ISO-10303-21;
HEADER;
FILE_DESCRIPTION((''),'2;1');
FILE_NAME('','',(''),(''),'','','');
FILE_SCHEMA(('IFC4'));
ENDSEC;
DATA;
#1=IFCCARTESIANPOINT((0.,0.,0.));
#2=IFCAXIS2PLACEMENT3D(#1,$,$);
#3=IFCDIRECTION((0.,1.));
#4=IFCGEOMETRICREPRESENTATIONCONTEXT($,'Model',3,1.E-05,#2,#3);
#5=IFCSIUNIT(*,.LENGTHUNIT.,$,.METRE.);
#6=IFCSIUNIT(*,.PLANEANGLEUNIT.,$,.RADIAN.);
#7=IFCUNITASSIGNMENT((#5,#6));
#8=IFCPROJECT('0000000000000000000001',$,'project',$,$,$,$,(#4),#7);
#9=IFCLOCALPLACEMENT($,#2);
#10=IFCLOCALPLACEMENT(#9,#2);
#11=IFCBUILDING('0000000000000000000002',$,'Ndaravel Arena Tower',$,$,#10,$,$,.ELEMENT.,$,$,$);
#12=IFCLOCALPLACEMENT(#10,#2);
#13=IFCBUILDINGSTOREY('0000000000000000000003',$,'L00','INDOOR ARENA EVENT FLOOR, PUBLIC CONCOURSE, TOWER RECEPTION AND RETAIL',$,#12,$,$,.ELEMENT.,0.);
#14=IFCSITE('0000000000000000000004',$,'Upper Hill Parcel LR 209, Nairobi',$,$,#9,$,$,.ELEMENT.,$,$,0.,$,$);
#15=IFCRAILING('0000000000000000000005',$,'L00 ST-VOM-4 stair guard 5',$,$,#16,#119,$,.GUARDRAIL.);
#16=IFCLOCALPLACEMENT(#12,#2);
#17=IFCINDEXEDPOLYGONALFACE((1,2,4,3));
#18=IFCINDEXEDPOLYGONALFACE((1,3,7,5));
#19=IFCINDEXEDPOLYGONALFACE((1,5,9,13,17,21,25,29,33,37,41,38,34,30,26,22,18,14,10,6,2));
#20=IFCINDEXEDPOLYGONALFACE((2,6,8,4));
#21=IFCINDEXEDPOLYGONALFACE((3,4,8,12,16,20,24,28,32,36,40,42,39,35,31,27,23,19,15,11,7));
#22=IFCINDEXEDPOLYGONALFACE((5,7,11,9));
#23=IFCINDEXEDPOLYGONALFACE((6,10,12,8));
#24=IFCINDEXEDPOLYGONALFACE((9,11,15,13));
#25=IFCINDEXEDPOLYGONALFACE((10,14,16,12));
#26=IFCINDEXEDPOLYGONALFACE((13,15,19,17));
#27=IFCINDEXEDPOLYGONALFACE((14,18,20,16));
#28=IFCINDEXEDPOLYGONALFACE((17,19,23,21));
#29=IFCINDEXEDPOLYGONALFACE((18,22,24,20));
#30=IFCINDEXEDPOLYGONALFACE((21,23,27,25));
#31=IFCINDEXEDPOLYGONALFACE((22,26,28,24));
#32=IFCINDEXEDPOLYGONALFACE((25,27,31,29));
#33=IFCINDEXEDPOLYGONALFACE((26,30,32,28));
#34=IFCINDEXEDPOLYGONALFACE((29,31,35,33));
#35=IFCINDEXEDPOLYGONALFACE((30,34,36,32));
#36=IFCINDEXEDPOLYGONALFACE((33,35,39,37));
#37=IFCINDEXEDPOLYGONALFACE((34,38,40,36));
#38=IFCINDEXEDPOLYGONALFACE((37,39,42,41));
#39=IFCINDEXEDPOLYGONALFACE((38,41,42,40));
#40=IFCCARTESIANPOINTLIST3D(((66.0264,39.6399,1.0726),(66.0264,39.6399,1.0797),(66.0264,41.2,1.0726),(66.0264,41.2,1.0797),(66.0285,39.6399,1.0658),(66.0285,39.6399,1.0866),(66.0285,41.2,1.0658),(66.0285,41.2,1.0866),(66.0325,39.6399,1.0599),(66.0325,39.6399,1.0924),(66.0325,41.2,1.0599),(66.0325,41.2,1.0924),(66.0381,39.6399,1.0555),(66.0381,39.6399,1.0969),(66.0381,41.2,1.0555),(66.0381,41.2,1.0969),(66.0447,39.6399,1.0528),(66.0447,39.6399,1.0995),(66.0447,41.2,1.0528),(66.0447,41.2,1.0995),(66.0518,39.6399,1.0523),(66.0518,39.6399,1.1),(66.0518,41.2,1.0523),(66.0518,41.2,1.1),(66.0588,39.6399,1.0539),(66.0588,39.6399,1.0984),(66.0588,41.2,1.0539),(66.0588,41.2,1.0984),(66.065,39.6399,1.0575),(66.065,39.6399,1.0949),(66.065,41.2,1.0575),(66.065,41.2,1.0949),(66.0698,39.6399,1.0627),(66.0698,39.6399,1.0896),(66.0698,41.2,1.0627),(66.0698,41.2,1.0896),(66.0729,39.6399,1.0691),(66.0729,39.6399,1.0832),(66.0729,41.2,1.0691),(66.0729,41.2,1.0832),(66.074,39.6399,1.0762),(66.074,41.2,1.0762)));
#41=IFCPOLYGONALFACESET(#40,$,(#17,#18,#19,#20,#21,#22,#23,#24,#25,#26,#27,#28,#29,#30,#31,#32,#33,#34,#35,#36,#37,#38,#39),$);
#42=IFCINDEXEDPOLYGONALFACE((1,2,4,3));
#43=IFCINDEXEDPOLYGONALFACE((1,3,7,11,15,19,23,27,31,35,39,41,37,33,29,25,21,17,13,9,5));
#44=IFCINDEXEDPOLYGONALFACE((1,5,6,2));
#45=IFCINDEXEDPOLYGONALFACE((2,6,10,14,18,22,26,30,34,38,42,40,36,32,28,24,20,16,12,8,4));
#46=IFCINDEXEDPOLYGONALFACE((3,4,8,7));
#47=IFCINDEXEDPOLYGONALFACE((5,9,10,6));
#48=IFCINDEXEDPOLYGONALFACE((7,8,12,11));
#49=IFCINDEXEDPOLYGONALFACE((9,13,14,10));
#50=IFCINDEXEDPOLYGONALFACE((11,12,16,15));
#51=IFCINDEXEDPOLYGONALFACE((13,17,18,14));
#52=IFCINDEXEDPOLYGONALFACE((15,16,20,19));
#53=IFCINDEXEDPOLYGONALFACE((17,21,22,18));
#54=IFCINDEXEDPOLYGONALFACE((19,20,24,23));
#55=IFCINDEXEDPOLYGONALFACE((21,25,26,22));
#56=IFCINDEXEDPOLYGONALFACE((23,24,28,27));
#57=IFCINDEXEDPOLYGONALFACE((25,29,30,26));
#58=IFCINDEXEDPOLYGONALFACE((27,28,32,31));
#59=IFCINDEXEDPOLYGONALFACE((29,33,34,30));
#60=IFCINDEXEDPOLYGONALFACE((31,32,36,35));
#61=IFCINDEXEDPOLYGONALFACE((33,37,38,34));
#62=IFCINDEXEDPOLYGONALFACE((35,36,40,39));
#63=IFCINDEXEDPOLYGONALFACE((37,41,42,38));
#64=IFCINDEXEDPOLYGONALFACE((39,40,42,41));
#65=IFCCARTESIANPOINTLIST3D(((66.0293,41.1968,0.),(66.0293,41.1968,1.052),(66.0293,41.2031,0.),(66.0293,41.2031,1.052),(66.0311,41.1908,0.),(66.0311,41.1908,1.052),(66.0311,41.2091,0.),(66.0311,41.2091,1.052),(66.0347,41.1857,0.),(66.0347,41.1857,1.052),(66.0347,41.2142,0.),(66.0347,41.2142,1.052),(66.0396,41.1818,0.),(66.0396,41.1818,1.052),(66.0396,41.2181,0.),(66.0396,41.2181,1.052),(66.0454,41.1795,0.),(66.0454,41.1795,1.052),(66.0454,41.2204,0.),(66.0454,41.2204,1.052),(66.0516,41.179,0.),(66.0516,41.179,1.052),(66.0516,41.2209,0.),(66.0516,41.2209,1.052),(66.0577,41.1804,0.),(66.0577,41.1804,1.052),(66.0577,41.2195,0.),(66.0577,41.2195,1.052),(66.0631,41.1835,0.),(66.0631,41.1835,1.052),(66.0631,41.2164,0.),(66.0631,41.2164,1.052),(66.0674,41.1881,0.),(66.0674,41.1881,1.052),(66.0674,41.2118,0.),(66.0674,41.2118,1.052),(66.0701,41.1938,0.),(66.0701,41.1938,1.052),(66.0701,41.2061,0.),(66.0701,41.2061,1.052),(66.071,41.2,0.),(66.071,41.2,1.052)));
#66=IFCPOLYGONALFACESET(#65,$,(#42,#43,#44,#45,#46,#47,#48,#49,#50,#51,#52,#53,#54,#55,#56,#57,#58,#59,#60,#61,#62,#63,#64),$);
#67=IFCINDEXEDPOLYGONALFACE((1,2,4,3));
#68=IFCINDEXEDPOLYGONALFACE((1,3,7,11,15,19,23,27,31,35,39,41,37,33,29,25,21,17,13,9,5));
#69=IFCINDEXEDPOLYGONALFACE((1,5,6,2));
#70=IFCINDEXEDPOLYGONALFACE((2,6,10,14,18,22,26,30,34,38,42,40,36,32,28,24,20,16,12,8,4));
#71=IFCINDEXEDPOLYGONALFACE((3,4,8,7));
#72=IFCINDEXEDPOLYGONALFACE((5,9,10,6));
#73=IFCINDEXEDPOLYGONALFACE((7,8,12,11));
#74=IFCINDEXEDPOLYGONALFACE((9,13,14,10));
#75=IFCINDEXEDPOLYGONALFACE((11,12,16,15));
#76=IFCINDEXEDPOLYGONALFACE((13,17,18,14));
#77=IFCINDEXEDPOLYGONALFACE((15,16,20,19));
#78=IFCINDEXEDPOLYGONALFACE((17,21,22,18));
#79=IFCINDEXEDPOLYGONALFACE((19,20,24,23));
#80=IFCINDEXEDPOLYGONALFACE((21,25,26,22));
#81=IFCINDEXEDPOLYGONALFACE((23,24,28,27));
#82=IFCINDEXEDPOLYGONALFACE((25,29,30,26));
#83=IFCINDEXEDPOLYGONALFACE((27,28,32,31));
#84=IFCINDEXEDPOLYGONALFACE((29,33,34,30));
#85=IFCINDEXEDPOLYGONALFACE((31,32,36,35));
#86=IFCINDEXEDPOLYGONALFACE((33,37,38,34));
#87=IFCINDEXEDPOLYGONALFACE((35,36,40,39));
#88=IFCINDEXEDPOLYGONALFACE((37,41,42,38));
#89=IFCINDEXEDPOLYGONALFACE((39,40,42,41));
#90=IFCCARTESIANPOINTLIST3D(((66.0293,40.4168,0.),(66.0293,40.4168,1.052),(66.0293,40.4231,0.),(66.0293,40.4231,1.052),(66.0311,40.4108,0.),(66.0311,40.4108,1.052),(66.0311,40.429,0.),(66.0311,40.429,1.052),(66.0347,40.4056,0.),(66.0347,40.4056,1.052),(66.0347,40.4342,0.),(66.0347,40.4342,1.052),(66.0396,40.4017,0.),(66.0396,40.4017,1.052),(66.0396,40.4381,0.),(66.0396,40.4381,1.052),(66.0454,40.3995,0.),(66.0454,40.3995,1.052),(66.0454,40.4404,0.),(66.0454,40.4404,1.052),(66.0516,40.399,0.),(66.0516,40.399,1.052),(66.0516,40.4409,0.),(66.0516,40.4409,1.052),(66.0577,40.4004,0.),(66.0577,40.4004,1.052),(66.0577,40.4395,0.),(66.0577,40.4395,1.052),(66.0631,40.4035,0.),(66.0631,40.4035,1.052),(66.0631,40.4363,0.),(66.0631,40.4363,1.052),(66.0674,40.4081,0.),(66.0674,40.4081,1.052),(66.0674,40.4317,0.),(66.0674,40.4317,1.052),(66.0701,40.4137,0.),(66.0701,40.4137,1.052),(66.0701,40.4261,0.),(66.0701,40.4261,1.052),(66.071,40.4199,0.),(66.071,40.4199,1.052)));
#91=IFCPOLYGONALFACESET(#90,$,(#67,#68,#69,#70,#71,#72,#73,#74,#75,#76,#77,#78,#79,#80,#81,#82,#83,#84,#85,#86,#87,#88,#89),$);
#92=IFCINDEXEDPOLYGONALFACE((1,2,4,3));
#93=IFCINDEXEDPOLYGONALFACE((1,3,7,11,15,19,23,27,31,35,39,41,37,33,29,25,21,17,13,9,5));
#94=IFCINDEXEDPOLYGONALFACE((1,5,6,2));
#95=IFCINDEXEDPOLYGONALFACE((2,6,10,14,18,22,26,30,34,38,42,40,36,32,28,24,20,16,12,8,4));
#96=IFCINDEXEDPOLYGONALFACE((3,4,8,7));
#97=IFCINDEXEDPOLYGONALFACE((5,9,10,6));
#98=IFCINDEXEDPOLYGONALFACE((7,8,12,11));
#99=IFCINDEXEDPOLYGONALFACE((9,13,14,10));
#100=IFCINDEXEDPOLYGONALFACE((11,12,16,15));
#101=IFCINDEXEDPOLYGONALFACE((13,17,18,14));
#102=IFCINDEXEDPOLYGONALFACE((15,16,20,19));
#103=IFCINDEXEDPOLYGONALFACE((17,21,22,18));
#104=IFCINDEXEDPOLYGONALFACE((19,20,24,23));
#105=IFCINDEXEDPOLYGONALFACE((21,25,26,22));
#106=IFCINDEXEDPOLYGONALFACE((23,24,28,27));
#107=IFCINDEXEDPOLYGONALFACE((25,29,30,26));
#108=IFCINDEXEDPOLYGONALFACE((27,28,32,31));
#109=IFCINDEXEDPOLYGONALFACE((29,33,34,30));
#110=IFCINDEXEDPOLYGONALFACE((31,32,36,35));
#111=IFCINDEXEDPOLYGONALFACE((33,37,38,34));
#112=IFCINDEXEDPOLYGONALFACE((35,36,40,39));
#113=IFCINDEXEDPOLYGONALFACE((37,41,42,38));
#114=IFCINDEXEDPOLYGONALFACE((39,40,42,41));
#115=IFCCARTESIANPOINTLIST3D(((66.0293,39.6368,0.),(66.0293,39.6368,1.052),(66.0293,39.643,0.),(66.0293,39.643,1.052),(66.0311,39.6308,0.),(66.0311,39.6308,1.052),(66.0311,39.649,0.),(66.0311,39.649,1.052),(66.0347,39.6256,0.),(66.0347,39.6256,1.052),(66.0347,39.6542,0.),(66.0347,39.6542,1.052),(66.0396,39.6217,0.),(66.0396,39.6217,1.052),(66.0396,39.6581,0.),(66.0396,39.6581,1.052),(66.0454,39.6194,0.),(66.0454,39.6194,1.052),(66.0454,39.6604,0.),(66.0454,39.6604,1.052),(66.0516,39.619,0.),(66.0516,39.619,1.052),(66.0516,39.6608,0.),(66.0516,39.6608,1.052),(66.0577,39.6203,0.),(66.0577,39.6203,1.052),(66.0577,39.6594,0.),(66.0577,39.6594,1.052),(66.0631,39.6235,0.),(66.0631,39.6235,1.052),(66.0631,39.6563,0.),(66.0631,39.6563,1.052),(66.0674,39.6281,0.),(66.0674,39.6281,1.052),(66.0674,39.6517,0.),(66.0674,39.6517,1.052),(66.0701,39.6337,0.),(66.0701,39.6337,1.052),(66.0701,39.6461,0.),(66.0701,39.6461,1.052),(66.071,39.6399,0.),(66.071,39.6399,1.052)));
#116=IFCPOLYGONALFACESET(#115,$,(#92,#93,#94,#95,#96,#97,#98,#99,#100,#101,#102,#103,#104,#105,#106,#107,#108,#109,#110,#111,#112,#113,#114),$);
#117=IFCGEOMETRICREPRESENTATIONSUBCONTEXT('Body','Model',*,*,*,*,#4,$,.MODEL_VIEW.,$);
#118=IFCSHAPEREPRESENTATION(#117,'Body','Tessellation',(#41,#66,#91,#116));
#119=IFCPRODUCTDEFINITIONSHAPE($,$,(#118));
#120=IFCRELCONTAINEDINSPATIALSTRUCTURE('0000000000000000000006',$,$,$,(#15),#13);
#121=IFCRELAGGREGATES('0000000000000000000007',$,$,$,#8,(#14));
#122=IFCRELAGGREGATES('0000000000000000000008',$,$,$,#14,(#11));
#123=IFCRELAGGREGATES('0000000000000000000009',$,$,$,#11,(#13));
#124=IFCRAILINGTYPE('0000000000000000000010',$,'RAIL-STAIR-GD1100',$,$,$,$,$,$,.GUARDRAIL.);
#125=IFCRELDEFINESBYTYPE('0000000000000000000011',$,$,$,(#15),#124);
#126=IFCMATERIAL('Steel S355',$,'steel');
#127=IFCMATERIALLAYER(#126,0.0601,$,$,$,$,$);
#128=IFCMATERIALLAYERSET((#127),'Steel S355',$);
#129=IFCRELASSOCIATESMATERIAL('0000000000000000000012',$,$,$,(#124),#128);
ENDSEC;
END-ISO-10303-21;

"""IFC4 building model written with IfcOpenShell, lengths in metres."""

from ifc_helpers import new_model, si_unit, direction, frame, origin, origin_2d, place, context, subcontext, project, spatial, circle, extrude, material, layer, layer_set, type_object, element, save


model = new_model("IFC4")

# Units and contexts
model_context = context("Model", 3, precision=1e-05, world=origin(), true_north=direction((0.0, 1.0)))
body_context = subcontext(model_context, "Body", "Model", "MODEL_VIEW")
ifc_project = project(units=[si_unit("LENGTHUNIT", "METRE"), si_unit("PLANEANGLEUNIT", "RADIAN")], contexts=[model_context])

# Site, building, storey
site_placement = place(None, origin())
site = spatial("IfcSite", under=ifc_project, at=site_placement, Name="Upper Hill Parcel LR 209, Nairobi", CompositionType="ELEMENT", RefElevation=0.0)
building_placement = place(site_placement, origin())
building = spatial("IfcBuilding", under=site, at=building_placement, Name="Ndaravel Arena Tower", CompositionType="ELEMENT")
storey_placement = place(building_placement, origin())
storey = spatial("IfcBuildingStorey", under=building, at=storey_placement, Name="L00", Description="INDOOR ARENA EVENT FLOOR, PUBLIC CONCOURSE, TOWER RECEPTION AND RETAIL", CompositionType="ELEMENT", Elevation=0.0)

# Railing
ifc_material_1 = material(Name="Steel S355", Category="steel")
ifc_layer_1 = layer(ifc_material_1, 0.0601)
ifc_layer_set_1 = layer_set([ifc_layer_1], Name="Steel S355")
railing_type_1 = type_object("IfcRailingType", Name="RAIL-STAIR-GD1100", PredefinedType="GUARDRAIL", material=ifc_layer_set_1)
railing_1_placement = place(storey_placement, frame((66.05, 41.2, 0.0)))
element("IfcRailing", 1, at=railing_1_placement, inside=storey, type_object=railing_type_1, Name="L00 ST-VOM-4 stair guard 5", PredefinedType="GUARDRAIL", context=body_context, shape_type="SweptSolid", body=[
    extrude(circle(Radius=0.0239, at=origin_2d()), frame((0.0, 0.0, 1.0762), z_axis=(0.0, -1.0, 0.0), x_axis=(1.0, 0.0, 0.0)), (0.0, 0.0, 1.0), 1.5601),
    extrude(circle(Radius=0.021, at=origin_2d()), origin(), (0.0, 0.0, 1.0), 1.052),
    extrude(circle(Radius=0.021, at=origin_2d()), frame((0.0, -0.78, 0.0)), (0.0, 0.0, 1.0), 1.052),
    extrude(circle(Radius=0.021, at=origin_2d()), frame((0.0, -1.5601, 0.0)), (0.0, 0.0, 1.0), 1.052),
])

save(model, "model.ifc")
